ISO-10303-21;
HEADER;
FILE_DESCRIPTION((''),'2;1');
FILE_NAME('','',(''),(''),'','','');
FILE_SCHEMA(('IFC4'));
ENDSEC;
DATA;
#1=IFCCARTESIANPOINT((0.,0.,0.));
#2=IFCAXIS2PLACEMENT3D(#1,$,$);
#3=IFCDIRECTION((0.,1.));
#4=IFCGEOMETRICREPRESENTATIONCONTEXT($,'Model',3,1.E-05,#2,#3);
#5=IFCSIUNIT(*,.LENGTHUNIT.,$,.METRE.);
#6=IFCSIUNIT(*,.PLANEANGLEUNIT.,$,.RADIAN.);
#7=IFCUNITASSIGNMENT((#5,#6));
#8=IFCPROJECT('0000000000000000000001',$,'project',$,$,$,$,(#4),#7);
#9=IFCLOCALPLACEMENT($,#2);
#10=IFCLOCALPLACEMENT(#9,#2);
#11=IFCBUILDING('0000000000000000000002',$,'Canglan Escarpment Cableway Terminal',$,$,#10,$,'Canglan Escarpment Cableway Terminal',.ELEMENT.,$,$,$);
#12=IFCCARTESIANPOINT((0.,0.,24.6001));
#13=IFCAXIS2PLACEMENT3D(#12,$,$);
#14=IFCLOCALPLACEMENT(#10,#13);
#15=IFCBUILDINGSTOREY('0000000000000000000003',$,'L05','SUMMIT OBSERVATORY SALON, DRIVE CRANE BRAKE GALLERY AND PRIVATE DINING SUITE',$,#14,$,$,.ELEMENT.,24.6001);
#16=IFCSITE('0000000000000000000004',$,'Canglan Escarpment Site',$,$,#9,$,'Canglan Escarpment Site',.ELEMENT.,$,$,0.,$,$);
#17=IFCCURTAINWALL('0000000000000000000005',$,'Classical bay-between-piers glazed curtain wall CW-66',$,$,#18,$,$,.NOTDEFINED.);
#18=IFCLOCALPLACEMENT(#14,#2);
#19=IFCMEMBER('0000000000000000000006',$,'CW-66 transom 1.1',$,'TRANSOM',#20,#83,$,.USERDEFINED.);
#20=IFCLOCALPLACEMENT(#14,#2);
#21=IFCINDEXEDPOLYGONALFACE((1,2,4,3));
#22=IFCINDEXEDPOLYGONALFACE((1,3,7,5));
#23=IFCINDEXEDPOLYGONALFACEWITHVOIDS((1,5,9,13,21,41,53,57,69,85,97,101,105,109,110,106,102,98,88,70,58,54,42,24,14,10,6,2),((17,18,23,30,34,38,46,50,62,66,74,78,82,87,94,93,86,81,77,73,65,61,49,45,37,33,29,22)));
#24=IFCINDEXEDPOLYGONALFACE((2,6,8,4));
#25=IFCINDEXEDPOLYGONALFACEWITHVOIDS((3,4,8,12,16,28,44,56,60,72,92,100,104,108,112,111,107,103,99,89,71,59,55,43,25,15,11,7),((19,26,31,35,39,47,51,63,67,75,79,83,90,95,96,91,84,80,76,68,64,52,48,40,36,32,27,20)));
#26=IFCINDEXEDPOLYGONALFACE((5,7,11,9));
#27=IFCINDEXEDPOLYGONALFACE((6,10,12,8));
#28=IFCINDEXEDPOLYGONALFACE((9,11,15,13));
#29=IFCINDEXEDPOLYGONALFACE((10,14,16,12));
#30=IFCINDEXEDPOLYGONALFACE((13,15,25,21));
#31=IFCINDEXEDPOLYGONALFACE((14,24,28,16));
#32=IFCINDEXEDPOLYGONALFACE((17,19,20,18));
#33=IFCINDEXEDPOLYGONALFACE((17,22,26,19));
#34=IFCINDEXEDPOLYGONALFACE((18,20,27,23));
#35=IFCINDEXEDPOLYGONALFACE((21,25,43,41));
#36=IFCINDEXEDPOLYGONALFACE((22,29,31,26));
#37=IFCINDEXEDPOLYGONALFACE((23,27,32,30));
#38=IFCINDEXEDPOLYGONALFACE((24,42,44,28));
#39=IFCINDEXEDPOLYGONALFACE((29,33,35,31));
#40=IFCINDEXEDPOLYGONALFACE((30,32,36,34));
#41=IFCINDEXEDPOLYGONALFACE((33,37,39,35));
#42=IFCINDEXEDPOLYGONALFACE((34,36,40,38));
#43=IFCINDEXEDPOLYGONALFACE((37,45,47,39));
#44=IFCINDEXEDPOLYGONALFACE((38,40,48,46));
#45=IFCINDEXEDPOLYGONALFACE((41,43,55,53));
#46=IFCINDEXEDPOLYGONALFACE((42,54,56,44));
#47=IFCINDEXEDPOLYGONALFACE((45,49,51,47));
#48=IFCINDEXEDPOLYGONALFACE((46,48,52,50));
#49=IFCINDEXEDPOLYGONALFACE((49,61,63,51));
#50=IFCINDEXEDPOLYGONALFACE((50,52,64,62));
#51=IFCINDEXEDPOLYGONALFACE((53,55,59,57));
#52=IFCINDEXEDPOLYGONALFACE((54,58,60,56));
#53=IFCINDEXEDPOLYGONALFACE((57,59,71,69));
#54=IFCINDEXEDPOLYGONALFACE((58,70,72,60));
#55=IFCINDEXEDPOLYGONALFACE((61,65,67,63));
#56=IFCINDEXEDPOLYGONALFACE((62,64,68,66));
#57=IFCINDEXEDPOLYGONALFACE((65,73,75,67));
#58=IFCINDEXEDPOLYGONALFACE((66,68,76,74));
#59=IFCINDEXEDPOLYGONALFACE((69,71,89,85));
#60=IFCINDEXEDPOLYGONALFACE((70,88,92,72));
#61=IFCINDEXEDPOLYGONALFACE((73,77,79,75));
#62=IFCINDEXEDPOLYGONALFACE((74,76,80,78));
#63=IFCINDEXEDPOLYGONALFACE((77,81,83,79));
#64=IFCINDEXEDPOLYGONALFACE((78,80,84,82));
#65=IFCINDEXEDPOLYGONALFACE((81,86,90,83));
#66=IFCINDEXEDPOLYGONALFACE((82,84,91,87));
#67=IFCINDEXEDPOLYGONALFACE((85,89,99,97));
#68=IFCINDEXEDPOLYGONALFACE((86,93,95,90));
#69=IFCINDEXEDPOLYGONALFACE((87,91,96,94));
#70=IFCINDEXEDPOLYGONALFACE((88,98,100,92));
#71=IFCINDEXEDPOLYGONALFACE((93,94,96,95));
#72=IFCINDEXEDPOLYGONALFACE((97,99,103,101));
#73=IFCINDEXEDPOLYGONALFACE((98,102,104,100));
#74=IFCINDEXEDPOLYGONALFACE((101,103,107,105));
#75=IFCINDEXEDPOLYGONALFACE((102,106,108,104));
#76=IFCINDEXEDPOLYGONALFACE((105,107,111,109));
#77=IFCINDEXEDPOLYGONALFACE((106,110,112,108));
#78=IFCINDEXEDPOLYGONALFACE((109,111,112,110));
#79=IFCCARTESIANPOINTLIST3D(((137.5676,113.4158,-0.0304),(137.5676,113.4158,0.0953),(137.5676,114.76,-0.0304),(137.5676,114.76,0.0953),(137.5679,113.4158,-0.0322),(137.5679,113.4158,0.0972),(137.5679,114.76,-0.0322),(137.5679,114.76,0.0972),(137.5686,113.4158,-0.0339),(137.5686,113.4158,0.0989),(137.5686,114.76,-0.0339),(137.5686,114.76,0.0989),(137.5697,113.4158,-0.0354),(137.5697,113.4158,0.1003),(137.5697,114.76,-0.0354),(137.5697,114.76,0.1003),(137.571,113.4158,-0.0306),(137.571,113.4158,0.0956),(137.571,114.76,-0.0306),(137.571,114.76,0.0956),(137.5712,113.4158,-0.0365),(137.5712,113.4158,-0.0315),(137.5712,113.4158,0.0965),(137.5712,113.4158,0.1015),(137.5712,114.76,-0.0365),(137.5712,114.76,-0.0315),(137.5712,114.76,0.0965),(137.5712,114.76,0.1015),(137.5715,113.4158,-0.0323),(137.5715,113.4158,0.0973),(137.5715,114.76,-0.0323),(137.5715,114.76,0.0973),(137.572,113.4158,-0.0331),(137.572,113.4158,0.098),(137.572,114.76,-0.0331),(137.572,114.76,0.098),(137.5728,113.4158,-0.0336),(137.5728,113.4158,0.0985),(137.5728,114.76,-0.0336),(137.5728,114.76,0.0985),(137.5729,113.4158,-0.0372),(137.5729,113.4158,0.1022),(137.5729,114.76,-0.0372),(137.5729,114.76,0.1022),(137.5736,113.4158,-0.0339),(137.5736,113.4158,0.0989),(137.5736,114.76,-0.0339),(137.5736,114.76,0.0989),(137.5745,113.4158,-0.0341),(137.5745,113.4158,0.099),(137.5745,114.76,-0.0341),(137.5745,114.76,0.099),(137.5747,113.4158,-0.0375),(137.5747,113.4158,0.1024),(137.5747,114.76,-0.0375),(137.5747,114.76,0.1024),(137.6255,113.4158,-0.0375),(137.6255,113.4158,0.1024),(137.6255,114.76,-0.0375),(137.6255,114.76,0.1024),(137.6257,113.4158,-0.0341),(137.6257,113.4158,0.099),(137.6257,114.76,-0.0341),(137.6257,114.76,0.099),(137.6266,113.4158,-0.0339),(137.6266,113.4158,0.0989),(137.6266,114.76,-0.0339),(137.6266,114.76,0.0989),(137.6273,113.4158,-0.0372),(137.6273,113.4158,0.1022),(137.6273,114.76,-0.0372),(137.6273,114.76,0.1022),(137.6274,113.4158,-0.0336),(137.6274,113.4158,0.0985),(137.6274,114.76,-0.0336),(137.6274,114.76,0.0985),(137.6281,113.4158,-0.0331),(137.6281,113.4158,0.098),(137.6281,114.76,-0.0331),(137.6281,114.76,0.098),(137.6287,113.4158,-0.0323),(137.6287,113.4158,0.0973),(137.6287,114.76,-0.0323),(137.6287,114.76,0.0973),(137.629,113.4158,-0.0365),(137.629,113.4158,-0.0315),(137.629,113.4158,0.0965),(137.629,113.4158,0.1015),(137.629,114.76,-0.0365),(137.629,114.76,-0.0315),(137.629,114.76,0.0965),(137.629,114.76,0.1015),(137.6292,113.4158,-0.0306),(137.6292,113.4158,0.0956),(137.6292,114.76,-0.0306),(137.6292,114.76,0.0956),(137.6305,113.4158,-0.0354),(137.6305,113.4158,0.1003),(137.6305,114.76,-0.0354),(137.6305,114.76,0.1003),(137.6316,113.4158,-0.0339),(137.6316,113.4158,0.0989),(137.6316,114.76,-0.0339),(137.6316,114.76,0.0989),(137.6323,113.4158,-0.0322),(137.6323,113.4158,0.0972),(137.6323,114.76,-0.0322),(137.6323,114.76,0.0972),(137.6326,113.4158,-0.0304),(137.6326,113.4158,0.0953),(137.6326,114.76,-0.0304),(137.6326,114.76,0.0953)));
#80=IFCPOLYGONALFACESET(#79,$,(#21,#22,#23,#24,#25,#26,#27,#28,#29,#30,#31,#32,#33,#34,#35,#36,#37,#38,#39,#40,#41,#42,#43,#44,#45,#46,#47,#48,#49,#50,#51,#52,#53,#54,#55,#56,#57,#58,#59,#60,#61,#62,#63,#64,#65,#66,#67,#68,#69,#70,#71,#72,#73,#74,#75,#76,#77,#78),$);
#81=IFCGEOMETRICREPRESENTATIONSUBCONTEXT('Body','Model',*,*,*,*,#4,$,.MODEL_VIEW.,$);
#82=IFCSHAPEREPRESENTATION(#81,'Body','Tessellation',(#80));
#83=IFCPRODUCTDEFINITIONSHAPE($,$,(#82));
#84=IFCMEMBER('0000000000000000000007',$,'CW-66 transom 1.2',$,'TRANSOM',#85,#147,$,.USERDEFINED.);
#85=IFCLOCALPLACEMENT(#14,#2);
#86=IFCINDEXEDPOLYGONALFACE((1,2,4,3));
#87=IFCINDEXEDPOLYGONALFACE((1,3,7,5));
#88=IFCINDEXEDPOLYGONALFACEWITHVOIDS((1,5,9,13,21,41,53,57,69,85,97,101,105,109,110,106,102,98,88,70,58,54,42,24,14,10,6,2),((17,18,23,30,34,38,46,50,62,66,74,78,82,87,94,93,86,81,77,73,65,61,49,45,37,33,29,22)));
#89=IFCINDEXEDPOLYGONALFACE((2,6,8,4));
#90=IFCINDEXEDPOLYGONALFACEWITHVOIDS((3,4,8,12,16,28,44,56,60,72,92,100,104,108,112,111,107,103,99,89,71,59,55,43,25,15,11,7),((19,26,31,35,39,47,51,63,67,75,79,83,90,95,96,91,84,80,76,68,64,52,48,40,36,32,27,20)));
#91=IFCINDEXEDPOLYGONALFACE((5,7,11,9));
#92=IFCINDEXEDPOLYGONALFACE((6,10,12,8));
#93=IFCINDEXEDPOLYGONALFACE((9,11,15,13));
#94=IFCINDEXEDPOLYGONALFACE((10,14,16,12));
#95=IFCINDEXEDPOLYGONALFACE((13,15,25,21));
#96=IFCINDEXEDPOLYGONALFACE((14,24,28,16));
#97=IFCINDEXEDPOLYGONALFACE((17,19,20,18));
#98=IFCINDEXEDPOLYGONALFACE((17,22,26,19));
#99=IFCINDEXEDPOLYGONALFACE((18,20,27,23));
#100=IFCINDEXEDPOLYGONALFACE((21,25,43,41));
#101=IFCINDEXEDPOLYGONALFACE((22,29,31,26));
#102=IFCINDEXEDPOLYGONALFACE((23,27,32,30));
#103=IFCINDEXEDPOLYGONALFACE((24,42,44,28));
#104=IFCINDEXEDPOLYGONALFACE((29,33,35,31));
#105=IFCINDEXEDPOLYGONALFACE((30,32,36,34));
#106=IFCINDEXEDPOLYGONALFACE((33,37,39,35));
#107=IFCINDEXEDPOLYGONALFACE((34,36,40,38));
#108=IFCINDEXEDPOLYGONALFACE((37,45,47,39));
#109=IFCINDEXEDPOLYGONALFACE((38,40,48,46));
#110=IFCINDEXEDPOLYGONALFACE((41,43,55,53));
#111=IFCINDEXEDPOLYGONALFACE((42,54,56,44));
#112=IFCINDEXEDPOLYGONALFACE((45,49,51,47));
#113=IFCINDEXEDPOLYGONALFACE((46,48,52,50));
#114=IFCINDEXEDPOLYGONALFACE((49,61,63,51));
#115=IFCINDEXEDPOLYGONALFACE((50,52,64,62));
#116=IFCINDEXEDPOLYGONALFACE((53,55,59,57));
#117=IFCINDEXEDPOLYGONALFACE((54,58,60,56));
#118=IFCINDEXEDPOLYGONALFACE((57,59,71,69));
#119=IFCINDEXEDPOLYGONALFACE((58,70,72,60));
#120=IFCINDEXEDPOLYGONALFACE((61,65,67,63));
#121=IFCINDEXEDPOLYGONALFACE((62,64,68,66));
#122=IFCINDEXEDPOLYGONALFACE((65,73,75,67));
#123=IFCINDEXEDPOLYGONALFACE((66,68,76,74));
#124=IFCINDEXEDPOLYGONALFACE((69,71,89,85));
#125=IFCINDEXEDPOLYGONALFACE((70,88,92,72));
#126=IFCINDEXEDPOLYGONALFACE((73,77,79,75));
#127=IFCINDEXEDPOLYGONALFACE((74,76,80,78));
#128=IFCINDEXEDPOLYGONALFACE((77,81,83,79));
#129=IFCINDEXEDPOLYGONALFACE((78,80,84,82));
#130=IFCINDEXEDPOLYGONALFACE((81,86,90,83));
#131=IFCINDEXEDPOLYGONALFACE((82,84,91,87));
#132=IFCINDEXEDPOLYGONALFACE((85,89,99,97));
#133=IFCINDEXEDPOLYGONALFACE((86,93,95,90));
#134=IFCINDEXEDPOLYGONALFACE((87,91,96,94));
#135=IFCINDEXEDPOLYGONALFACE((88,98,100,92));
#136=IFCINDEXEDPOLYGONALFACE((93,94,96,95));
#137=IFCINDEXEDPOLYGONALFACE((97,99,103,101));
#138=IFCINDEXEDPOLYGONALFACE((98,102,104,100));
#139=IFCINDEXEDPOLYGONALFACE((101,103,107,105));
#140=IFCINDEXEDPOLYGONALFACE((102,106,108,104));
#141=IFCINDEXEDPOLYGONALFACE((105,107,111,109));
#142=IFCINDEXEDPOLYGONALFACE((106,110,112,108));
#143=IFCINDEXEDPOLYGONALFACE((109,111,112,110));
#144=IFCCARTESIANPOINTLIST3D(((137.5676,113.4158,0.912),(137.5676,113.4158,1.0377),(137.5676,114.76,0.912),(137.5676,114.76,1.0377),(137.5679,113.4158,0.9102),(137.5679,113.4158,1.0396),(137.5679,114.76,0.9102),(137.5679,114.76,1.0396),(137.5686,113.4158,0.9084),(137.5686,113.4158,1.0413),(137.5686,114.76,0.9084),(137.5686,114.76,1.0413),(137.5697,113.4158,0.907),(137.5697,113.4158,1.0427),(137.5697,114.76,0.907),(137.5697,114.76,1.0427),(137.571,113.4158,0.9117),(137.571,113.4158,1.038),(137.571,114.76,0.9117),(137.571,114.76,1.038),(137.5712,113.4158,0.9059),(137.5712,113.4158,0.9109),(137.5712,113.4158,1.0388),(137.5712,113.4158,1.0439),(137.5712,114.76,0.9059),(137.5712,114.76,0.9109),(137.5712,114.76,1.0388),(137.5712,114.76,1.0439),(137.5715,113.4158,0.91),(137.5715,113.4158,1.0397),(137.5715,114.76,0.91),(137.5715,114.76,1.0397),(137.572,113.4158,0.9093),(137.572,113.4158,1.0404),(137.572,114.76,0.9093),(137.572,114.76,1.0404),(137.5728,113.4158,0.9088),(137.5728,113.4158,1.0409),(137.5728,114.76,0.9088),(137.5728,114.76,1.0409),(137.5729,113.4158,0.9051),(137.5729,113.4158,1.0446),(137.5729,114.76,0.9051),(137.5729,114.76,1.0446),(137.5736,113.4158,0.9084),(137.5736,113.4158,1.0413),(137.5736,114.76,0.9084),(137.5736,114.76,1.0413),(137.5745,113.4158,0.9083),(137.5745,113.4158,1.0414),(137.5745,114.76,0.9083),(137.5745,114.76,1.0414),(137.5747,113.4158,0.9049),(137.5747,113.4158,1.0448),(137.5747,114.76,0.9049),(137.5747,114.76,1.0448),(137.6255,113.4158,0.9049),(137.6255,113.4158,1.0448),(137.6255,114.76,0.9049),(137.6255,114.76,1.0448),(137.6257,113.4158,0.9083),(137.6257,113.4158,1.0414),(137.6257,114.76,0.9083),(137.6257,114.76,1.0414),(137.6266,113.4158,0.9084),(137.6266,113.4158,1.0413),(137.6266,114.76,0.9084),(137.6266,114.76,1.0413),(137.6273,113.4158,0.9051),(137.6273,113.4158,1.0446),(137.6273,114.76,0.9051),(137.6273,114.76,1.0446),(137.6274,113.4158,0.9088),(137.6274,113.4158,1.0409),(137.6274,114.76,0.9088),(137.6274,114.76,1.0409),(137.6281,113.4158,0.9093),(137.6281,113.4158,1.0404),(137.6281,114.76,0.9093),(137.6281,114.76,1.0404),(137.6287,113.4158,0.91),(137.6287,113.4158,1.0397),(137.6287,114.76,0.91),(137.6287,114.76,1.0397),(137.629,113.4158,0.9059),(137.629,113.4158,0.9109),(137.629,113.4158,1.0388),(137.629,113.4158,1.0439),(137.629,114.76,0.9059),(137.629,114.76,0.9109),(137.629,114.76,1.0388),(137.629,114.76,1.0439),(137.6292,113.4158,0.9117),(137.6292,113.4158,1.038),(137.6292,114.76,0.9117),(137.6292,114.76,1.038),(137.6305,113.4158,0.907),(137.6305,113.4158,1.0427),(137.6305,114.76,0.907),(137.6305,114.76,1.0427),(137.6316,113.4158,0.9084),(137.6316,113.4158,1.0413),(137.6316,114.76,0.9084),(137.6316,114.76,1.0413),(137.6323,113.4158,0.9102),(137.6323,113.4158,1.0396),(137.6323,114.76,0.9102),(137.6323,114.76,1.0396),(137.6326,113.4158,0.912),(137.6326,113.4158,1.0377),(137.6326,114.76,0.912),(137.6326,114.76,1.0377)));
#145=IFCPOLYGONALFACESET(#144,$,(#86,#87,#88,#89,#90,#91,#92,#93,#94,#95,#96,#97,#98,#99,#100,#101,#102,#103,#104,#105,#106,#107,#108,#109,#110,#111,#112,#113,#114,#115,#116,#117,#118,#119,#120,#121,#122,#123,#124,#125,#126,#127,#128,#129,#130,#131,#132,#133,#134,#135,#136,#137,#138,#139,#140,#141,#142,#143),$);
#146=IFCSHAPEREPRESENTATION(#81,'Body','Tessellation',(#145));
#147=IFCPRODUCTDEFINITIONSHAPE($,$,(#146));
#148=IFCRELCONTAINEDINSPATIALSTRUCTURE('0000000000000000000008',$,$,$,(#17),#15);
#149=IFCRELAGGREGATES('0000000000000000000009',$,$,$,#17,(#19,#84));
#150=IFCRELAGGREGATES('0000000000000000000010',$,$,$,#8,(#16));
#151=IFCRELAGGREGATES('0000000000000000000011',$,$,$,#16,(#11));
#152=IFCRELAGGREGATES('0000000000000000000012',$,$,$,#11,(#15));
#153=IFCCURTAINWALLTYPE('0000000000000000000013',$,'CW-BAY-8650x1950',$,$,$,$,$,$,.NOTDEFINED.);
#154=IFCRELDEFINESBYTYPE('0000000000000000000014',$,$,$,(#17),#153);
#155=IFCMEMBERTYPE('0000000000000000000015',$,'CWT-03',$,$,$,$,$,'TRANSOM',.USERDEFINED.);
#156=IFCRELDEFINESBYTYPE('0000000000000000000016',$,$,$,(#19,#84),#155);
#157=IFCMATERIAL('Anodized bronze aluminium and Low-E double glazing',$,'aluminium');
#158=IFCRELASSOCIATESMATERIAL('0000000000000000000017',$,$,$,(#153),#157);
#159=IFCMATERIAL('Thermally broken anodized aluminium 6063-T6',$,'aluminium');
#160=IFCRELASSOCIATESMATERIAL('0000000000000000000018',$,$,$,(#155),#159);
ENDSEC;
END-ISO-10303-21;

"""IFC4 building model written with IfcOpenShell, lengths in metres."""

from ifc_helpers import new_model, si_unit, direction, frame, origin, origin_2d, place, context, subcontext, project, spatial, hollow_rectangle, extrude, material, material_profile, profile_set, type_object, element, aggregate, save


model = new_model("IFC4")

# Units and contexts
model_context = context("Model", 3, precision=1e-05, world=origin(), true_north=direction((0.0, 1.0)))
body_context = subcontext(model_context, "Body", "Model", "MODEL_VIEW")
ifc_project = project(units=[si_unit("LENGTHUNIT", "METRE"), si_unit("PLANEANGLEUNIT", "RADIAN")], contexts=[model_context])

# Site, building, storey
site_placement = place(None, origin())
site = spatial("IfcSite", under=ifc_project, at=site_placement, Name="Canglan Escarpment Site", LongName="Canglan Escarpment Site", CompositionType="ELEMENT", RefElevation=0.0)
building_placement = place(site_placement, origin())
building = spatial("IfcBuilding", under=site, at=building_placement, Name="Canglan Escarpment Cableway Terminal", LongName="Canglan Escarpment Cableway Terminal", CompositionType="ELEMENT")
storey_placement = place(building_placement, frame((0.0, 0.0, 24.6001)))
storey = spatial("IfcBuildingStorey", under=building, at=storey_placement, Name="L05", Description="SUMMIT OBSERVATORY SALON, DRIVE CRANE BRAKE GALLERY AND PRIVATE DINING SUITE", CompositionType="ELEMENT", Elevation=24.6001)

# Shared definitions
ifc_material_1 = material(Name="Anodized bronze aluminium and Low-E double glazing", Category="aluminium")
curtain_wall_type = type_object("IfcCurtainWallType", Name="CW-BAY-8650x1950", PredefinedType="NOTDEFINED", material=ifc_material_1)
ifc_material_2 = material(Name="Thermally broken anodized aluminium 6063-T6", Category="aluminium")

# Curtain wall
curtain_wall_1_placement = place(storey_placement, origin())
curtain_wall_1 = element("IfcCurtainWall", 1, at=curtain_wall_1_placement, inside=storey, type_object=curtain_wall_type, Name="Classical bay-between-piers glazed curtain wall CW-66", PredefinedType="NOTDEFINED")

# Members
ifc_material_profile_1 = material_profile(ifc_material_2, hollow_rectangle(XDim=0.0649, YDim=0.1399, WallThickness=0.0034, InnerFilletRadius=0.0034, OuterFilletRadius=0.0071, at=origin_2d()), Name="ALU-TRAN 65x140x3.5")
ifc_profile_set_1 = profile_set([ifc_material_profile_1], Name="Thermally broken anodized aluminium 6063-T6")
member_type_1 = type_object("IfcMemberType", Name="CWT-03", ElementType="TRANSOM", PredefinedType="USERDEFINED", material=ifc_profile_set_1)
member_1_placement = place(storey_placement, frame((137.6001, 114.76, 0.0325), z_axis=(0.0, -1.0, 0.0), x_axis=(1.0, 0.0, 0.0)))
member_1 = element("IfcMember", 2, at=member_1_placement, type_object=member_type_1, Name="CW-66 transom 1.1", ObjectType="TRANSOM", PredefinedType="USERDEFINED", context=body_context, shape_type="SweptSolid", body=[
    extrude(hollow_rectangle(XDim=0.0649, YDim=0.1399, WallThickness=0.0034, InnerFilletRadius=0.0034, OuterFilletRadius=0.0071, at=origin_2d()), origin(), (0.0, 0.0, 1.0), 1.3442),
])
member_2_placement = place(storey_placement, frame((137.6001, 114.76, 0.9749), z_axis=(0.0, -1.0, 0.0), x_axis=(1.0, 0.0, 0.0)))
member_2 = element("IfcMember", 3, at=member_2_placement, type_object=member_type_1, Name="CW-66 transom 1.2", ObjectType="TRANSOM", PredefinedType="USERDEFINED", context=body_context, shape_type="SweptSolid", body=[
    extrude(hollow_rectangle(XDim=0.0649, YDim=0.1399, WallThickness=0.0034, InnerFilletRadius=0.0034, OuterFilletRadius=0.0071, at=origin_2d()), origin(), (0.0, 0.0, 1.0), 1.3442),
])

aggregate(curtain_wall_1, [member_1, member_2])

save(model, "model.ifc")
